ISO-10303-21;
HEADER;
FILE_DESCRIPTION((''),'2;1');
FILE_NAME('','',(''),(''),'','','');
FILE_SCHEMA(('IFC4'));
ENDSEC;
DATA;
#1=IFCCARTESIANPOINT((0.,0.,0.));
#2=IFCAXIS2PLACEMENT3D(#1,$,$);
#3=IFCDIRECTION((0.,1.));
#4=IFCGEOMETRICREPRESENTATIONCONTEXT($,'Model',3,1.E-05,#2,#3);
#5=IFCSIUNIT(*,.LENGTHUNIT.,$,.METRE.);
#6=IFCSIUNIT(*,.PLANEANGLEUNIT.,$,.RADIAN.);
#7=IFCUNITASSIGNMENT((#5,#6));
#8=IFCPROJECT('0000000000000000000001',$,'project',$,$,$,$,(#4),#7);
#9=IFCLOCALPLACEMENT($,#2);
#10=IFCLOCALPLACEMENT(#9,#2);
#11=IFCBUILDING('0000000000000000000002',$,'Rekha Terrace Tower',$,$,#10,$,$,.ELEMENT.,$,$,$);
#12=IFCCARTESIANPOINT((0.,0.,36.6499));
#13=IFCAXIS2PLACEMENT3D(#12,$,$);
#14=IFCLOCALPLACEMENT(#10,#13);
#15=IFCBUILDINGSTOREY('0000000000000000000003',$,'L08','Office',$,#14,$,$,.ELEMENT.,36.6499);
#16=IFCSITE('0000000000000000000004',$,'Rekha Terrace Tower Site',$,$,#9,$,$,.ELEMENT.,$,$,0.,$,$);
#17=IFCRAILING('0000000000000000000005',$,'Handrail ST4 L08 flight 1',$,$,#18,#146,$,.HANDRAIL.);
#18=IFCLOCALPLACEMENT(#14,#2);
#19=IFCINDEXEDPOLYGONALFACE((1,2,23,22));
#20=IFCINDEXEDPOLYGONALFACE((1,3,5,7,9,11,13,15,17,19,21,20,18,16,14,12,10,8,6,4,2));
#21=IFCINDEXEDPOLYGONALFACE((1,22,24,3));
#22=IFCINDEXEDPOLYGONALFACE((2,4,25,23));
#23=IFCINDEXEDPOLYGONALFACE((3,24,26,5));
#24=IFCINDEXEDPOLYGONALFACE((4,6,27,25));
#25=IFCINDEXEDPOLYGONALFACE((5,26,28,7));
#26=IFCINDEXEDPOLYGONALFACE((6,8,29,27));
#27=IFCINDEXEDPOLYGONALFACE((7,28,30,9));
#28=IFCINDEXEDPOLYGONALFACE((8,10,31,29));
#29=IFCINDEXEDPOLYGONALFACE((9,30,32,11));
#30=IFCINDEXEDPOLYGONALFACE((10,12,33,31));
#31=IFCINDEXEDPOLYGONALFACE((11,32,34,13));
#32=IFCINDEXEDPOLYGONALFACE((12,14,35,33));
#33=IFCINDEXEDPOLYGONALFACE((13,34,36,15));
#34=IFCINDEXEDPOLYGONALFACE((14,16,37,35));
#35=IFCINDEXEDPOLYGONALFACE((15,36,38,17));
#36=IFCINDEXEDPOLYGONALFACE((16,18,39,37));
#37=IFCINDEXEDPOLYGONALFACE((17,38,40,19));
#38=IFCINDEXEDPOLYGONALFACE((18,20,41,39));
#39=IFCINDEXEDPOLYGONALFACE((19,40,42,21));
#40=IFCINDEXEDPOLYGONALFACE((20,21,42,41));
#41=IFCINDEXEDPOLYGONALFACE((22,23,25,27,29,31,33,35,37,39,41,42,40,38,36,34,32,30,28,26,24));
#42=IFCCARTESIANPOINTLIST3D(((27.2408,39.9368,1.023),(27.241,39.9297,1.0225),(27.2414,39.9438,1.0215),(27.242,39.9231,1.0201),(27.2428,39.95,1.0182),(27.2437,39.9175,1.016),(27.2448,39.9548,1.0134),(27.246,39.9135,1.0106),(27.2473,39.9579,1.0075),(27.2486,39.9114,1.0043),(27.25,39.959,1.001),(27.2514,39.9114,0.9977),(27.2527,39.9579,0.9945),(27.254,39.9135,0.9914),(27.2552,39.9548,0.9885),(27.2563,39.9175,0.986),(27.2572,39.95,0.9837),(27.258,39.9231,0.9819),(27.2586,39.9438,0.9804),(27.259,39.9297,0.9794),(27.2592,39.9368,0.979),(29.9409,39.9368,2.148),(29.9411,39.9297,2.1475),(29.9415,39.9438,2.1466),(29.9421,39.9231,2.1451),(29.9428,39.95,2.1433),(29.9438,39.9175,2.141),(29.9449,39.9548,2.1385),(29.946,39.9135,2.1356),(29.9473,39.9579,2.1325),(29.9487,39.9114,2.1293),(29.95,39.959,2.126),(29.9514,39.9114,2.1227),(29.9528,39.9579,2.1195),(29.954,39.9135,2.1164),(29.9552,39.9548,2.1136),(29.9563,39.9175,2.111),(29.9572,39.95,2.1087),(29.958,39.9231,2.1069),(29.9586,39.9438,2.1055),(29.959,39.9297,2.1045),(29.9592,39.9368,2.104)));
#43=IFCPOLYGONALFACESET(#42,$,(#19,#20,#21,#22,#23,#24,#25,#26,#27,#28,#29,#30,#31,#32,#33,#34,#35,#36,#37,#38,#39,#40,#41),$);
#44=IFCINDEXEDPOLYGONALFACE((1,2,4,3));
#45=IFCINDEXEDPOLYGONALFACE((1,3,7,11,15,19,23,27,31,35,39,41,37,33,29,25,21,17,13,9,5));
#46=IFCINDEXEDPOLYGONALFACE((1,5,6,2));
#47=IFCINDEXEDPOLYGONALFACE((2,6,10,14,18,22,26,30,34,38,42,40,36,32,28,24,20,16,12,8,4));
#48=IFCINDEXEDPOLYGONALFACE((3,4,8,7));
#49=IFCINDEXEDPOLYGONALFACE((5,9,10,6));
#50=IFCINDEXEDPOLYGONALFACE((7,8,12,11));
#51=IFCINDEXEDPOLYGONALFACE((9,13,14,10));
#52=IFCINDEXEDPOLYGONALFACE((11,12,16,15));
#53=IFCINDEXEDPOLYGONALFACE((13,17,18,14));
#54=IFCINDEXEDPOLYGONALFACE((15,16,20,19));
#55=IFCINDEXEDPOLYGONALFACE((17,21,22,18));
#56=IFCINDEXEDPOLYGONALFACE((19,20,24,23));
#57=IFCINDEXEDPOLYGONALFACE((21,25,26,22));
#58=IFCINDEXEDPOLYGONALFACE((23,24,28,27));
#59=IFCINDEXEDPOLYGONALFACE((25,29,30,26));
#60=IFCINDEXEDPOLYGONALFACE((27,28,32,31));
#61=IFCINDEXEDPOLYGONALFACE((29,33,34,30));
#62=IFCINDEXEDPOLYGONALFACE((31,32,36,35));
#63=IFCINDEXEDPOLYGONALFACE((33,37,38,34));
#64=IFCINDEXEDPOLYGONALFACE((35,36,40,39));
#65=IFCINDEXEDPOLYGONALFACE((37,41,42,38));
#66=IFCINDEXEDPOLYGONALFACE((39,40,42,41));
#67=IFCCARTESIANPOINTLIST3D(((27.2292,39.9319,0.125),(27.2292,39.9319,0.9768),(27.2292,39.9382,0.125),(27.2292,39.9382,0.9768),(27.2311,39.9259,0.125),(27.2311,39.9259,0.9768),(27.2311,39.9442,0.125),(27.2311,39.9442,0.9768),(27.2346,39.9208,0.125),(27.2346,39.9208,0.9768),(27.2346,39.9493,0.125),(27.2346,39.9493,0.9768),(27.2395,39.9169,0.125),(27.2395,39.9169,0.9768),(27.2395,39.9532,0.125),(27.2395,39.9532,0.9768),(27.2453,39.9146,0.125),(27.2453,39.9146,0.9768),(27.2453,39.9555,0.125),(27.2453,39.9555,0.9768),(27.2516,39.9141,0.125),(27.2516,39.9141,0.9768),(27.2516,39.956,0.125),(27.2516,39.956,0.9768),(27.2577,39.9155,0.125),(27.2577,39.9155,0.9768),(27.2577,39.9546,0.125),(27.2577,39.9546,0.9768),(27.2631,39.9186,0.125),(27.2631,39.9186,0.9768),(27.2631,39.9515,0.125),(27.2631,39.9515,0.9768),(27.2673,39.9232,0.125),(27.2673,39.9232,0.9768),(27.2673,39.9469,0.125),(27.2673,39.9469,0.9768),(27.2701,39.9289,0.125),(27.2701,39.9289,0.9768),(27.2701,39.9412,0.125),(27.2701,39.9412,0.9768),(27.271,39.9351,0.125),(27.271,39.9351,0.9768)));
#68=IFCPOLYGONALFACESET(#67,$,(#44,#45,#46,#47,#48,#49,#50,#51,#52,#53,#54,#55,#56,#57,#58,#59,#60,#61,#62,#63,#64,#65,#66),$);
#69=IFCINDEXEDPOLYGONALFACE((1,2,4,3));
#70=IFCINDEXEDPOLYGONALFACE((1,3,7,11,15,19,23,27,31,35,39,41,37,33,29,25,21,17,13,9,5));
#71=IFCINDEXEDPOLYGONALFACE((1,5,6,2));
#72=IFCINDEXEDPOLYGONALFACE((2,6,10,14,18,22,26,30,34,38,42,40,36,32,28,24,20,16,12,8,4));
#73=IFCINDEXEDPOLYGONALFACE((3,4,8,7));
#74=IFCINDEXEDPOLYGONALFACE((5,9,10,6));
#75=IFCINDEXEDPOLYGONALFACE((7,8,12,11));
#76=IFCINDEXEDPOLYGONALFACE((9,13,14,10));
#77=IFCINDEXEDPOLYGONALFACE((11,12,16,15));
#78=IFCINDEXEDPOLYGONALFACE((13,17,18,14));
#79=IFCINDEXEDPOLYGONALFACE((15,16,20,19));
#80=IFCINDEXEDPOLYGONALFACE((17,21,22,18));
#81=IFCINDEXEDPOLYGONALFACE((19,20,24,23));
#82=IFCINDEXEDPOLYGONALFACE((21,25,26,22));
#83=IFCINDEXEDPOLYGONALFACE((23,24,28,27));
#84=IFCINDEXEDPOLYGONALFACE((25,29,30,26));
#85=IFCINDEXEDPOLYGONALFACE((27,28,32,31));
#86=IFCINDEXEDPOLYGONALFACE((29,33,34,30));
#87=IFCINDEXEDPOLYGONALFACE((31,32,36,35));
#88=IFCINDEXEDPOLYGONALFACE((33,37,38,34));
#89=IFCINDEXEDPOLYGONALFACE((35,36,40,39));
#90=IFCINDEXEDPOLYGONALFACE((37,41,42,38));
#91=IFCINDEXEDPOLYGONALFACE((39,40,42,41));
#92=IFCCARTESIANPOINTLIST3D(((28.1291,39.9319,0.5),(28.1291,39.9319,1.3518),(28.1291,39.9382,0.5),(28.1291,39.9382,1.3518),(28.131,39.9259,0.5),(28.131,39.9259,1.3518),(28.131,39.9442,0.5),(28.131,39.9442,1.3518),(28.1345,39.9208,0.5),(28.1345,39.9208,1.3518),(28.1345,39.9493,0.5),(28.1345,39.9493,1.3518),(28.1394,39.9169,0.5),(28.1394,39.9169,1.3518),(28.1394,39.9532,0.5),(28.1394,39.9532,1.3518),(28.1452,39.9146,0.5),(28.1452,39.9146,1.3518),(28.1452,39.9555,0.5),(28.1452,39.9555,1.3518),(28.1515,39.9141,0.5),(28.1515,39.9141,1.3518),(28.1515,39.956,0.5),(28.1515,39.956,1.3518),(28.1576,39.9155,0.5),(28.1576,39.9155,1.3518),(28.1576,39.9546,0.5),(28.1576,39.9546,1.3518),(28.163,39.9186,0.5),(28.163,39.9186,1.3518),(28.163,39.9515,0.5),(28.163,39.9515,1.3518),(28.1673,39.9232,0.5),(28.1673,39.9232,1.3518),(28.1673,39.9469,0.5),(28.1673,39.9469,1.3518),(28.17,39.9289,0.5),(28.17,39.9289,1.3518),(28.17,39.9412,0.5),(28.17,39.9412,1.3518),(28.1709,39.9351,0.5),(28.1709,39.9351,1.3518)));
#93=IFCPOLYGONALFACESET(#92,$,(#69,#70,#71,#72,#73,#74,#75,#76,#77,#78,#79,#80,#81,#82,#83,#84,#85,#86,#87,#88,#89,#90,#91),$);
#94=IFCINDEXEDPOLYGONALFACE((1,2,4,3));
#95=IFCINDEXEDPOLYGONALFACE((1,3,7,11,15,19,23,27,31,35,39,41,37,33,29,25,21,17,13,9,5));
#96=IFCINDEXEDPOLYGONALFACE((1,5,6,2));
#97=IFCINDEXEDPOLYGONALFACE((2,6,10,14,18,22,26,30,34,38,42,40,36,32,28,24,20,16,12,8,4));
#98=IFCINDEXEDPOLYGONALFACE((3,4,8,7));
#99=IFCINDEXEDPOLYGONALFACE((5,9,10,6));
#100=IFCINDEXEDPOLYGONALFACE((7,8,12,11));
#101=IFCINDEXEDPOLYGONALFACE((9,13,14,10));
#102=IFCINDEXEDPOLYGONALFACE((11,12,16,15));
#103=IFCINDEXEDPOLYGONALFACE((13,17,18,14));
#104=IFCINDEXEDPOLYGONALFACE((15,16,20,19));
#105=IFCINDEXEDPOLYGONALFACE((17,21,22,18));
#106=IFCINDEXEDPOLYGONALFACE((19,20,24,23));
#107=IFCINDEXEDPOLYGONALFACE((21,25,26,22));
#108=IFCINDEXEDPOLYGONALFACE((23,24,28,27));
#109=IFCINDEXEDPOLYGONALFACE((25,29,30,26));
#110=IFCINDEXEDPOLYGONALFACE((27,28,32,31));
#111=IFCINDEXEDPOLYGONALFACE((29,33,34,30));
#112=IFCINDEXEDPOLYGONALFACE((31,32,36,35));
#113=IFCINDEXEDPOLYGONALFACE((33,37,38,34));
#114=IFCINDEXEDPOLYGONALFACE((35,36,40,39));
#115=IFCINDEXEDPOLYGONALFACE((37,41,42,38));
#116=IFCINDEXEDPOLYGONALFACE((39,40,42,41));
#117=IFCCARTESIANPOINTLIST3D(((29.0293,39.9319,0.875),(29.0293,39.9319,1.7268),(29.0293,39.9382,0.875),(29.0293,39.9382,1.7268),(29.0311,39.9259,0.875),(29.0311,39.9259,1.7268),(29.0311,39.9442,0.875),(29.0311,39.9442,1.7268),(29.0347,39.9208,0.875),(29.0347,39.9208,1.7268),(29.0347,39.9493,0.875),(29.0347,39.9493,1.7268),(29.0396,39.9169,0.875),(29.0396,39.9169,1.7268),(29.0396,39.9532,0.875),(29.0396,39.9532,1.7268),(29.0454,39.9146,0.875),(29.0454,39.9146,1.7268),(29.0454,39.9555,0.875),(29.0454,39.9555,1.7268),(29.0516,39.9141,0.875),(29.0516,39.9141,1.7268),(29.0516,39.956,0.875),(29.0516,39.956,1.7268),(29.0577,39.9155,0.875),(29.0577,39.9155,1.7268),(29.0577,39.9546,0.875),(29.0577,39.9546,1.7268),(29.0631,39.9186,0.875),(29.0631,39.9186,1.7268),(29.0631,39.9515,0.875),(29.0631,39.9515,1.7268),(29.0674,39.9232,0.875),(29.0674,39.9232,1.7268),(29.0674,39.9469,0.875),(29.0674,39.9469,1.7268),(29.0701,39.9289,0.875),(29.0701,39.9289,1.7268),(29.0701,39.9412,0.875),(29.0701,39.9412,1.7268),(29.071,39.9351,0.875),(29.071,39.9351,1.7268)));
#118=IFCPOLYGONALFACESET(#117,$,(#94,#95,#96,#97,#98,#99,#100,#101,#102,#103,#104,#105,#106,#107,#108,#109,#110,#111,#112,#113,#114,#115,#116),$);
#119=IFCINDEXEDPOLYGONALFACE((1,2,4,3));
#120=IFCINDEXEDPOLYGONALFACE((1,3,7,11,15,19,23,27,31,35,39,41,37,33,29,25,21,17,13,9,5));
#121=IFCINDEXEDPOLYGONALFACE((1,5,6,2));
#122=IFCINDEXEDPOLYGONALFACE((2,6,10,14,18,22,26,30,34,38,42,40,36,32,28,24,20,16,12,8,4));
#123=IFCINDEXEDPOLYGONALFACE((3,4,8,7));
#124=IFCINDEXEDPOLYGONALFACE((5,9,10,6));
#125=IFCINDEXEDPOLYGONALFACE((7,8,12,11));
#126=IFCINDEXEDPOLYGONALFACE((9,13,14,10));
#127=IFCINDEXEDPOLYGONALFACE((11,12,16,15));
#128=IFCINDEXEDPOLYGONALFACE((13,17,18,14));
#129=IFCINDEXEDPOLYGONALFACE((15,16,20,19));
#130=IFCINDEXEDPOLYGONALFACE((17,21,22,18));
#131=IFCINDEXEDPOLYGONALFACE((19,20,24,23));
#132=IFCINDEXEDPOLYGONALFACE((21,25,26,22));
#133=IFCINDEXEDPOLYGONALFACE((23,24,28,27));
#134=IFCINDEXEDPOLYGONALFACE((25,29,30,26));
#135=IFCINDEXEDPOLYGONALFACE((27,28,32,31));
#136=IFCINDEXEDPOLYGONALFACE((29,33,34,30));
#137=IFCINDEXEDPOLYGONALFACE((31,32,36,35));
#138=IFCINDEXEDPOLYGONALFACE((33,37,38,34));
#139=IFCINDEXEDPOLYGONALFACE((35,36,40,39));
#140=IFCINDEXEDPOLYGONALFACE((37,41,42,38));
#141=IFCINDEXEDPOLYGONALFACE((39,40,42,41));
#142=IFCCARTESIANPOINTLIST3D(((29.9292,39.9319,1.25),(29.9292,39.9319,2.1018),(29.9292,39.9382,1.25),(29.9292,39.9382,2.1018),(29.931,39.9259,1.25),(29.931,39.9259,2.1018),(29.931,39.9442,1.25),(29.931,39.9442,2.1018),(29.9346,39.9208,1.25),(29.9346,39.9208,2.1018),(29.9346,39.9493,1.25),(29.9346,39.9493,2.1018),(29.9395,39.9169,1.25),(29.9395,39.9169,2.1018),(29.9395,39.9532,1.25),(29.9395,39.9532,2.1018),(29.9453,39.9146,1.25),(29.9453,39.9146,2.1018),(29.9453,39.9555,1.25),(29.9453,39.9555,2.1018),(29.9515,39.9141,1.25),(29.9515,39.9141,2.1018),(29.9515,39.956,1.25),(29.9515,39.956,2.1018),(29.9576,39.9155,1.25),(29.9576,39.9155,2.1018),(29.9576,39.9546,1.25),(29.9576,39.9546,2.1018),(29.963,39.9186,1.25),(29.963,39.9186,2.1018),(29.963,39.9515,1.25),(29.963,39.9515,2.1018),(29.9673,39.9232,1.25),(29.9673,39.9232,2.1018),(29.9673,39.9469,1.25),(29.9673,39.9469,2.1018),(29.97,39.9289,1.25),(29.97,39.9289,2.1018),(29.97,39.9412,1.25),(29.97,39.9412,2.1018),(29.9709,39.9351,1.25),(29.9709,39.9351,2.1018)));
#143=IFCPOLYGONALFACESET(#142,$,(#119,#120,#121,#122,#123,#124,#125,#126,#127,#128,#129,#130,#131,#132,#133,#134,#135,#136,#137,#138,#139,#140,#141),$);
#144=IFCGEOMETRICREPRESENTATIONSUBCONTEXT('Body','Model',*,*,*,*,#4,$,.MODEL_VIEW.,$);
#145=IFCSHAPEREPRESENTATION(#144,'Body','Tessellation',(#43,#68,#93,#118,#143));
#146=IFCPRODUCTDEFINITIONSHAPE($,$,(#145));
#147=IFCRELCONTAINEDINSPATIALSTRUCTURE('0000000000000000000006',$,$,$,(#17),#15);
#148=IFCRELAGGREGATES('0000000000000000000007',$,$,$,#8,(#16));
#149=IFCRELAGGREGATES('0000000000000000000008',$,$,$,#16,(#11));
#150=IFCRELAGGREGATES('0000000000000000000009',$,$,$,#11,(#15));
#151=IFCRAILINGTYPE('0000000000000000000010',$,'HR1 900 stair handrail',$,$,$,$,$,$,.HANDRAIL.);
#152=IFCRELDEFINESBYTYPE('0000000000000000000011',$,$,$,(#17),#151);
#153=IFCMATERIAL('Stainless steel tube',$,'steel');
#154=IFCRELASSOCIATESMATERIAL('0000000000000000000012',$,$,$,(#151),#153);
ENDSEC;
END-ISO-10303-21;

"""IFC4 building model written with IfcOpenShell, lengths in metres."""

from ifc_helpers import new_model, si_unit, direction, frame, origin, origin_2d, place, context, subcontext, project, spatial, circle, extrude, material, type_object, element, save


model = new_model("IFC4")

# Units and contexts
model_context = context("Model", 3, precision=1e-05, world=origin(), true_north=direction((0.0, 1.0)))
body_context = subcontext(model_context, "Body", "Model", "MODEL_VIEW")
ifc_project = project(units=[si_unit("LENGTHUNIT", "METRE"), si_unit("PLANEANGLEUNIT", "RADIAN")], contexts=[model_context])

# Site, building, storey
site_placement = place(None, origin())
site = spatial("IfcSite", under=ifc_project, at=site_placement, Name="Rekha Terrace Tower Site", CompositionType="ELEMENT", RefElevation=0.0)
building_placement = place(site_placement, origin())
building = spatial("IfcBuilding", under=site, at=building_placement, Name="Rekha Terrace Tower", CompositionType="ELEMENT")
storey_placement = place(building_placement, frame((0.0, 0.0, 36.6499)))
storey = spatial("IfcBuildingStorey", under=building, at=storey_placement, Name="L08", Description="Office", CompositionType="ELEMENT", Elevation=36.6499)

# Railing
ifc_material_1 = material(Name="Stainless steel tube", Category="steel")
railing_type_1 = type_object("IfcRailingType", Name="HR1 900 stair handrail", PredefinedType="HANDRAIL", material=ifc_material_1)
railing_1_placement = place(storey_placement, frame((27.25, 39.9351, 0.125)))
element("IfcRailing", 1, at=railing_1_placement, inside=storey, type_object=railing_type_1, Name="Handrail ST4 L08 flight 1", PredefinedType="HANDRAIL", context=body_context, shape_type="SweptSolid", body=[
    extrude(circle(Radius=0.0239, at=origin_2d()), frame((0.0, 0.0, 0.876), z_axis=(0.923074, 0.0, 0.384621), x_axis=(0.0, 1.0, 0.0)), (0.0, 0.0, 1.0), 2.925),
    extrude(circle(Radius=0.021, at=origin_2d()), origin(), (0.0, 0.0, 1.0), 0.8518),
    extrude(circle(Radius=0.021, at=origin_2d()), frame((0.8999, 0.0, 0.375)), (0.0, 0.0, 1.0), 0.8518),
    extrude(circle(Radius=0.021, at=origin_2d()), frame((1.8, 0.0, 0.75)), (0.0, 0.0, 1.0), 0.8518),
    extrude(circle(Radius=0.021, at=origin_2d()), frame((2.7, 0.0, 1.125)), (0.0, 0.0, 1.0), 0.8518),
])

save(model, "model.ifc")
